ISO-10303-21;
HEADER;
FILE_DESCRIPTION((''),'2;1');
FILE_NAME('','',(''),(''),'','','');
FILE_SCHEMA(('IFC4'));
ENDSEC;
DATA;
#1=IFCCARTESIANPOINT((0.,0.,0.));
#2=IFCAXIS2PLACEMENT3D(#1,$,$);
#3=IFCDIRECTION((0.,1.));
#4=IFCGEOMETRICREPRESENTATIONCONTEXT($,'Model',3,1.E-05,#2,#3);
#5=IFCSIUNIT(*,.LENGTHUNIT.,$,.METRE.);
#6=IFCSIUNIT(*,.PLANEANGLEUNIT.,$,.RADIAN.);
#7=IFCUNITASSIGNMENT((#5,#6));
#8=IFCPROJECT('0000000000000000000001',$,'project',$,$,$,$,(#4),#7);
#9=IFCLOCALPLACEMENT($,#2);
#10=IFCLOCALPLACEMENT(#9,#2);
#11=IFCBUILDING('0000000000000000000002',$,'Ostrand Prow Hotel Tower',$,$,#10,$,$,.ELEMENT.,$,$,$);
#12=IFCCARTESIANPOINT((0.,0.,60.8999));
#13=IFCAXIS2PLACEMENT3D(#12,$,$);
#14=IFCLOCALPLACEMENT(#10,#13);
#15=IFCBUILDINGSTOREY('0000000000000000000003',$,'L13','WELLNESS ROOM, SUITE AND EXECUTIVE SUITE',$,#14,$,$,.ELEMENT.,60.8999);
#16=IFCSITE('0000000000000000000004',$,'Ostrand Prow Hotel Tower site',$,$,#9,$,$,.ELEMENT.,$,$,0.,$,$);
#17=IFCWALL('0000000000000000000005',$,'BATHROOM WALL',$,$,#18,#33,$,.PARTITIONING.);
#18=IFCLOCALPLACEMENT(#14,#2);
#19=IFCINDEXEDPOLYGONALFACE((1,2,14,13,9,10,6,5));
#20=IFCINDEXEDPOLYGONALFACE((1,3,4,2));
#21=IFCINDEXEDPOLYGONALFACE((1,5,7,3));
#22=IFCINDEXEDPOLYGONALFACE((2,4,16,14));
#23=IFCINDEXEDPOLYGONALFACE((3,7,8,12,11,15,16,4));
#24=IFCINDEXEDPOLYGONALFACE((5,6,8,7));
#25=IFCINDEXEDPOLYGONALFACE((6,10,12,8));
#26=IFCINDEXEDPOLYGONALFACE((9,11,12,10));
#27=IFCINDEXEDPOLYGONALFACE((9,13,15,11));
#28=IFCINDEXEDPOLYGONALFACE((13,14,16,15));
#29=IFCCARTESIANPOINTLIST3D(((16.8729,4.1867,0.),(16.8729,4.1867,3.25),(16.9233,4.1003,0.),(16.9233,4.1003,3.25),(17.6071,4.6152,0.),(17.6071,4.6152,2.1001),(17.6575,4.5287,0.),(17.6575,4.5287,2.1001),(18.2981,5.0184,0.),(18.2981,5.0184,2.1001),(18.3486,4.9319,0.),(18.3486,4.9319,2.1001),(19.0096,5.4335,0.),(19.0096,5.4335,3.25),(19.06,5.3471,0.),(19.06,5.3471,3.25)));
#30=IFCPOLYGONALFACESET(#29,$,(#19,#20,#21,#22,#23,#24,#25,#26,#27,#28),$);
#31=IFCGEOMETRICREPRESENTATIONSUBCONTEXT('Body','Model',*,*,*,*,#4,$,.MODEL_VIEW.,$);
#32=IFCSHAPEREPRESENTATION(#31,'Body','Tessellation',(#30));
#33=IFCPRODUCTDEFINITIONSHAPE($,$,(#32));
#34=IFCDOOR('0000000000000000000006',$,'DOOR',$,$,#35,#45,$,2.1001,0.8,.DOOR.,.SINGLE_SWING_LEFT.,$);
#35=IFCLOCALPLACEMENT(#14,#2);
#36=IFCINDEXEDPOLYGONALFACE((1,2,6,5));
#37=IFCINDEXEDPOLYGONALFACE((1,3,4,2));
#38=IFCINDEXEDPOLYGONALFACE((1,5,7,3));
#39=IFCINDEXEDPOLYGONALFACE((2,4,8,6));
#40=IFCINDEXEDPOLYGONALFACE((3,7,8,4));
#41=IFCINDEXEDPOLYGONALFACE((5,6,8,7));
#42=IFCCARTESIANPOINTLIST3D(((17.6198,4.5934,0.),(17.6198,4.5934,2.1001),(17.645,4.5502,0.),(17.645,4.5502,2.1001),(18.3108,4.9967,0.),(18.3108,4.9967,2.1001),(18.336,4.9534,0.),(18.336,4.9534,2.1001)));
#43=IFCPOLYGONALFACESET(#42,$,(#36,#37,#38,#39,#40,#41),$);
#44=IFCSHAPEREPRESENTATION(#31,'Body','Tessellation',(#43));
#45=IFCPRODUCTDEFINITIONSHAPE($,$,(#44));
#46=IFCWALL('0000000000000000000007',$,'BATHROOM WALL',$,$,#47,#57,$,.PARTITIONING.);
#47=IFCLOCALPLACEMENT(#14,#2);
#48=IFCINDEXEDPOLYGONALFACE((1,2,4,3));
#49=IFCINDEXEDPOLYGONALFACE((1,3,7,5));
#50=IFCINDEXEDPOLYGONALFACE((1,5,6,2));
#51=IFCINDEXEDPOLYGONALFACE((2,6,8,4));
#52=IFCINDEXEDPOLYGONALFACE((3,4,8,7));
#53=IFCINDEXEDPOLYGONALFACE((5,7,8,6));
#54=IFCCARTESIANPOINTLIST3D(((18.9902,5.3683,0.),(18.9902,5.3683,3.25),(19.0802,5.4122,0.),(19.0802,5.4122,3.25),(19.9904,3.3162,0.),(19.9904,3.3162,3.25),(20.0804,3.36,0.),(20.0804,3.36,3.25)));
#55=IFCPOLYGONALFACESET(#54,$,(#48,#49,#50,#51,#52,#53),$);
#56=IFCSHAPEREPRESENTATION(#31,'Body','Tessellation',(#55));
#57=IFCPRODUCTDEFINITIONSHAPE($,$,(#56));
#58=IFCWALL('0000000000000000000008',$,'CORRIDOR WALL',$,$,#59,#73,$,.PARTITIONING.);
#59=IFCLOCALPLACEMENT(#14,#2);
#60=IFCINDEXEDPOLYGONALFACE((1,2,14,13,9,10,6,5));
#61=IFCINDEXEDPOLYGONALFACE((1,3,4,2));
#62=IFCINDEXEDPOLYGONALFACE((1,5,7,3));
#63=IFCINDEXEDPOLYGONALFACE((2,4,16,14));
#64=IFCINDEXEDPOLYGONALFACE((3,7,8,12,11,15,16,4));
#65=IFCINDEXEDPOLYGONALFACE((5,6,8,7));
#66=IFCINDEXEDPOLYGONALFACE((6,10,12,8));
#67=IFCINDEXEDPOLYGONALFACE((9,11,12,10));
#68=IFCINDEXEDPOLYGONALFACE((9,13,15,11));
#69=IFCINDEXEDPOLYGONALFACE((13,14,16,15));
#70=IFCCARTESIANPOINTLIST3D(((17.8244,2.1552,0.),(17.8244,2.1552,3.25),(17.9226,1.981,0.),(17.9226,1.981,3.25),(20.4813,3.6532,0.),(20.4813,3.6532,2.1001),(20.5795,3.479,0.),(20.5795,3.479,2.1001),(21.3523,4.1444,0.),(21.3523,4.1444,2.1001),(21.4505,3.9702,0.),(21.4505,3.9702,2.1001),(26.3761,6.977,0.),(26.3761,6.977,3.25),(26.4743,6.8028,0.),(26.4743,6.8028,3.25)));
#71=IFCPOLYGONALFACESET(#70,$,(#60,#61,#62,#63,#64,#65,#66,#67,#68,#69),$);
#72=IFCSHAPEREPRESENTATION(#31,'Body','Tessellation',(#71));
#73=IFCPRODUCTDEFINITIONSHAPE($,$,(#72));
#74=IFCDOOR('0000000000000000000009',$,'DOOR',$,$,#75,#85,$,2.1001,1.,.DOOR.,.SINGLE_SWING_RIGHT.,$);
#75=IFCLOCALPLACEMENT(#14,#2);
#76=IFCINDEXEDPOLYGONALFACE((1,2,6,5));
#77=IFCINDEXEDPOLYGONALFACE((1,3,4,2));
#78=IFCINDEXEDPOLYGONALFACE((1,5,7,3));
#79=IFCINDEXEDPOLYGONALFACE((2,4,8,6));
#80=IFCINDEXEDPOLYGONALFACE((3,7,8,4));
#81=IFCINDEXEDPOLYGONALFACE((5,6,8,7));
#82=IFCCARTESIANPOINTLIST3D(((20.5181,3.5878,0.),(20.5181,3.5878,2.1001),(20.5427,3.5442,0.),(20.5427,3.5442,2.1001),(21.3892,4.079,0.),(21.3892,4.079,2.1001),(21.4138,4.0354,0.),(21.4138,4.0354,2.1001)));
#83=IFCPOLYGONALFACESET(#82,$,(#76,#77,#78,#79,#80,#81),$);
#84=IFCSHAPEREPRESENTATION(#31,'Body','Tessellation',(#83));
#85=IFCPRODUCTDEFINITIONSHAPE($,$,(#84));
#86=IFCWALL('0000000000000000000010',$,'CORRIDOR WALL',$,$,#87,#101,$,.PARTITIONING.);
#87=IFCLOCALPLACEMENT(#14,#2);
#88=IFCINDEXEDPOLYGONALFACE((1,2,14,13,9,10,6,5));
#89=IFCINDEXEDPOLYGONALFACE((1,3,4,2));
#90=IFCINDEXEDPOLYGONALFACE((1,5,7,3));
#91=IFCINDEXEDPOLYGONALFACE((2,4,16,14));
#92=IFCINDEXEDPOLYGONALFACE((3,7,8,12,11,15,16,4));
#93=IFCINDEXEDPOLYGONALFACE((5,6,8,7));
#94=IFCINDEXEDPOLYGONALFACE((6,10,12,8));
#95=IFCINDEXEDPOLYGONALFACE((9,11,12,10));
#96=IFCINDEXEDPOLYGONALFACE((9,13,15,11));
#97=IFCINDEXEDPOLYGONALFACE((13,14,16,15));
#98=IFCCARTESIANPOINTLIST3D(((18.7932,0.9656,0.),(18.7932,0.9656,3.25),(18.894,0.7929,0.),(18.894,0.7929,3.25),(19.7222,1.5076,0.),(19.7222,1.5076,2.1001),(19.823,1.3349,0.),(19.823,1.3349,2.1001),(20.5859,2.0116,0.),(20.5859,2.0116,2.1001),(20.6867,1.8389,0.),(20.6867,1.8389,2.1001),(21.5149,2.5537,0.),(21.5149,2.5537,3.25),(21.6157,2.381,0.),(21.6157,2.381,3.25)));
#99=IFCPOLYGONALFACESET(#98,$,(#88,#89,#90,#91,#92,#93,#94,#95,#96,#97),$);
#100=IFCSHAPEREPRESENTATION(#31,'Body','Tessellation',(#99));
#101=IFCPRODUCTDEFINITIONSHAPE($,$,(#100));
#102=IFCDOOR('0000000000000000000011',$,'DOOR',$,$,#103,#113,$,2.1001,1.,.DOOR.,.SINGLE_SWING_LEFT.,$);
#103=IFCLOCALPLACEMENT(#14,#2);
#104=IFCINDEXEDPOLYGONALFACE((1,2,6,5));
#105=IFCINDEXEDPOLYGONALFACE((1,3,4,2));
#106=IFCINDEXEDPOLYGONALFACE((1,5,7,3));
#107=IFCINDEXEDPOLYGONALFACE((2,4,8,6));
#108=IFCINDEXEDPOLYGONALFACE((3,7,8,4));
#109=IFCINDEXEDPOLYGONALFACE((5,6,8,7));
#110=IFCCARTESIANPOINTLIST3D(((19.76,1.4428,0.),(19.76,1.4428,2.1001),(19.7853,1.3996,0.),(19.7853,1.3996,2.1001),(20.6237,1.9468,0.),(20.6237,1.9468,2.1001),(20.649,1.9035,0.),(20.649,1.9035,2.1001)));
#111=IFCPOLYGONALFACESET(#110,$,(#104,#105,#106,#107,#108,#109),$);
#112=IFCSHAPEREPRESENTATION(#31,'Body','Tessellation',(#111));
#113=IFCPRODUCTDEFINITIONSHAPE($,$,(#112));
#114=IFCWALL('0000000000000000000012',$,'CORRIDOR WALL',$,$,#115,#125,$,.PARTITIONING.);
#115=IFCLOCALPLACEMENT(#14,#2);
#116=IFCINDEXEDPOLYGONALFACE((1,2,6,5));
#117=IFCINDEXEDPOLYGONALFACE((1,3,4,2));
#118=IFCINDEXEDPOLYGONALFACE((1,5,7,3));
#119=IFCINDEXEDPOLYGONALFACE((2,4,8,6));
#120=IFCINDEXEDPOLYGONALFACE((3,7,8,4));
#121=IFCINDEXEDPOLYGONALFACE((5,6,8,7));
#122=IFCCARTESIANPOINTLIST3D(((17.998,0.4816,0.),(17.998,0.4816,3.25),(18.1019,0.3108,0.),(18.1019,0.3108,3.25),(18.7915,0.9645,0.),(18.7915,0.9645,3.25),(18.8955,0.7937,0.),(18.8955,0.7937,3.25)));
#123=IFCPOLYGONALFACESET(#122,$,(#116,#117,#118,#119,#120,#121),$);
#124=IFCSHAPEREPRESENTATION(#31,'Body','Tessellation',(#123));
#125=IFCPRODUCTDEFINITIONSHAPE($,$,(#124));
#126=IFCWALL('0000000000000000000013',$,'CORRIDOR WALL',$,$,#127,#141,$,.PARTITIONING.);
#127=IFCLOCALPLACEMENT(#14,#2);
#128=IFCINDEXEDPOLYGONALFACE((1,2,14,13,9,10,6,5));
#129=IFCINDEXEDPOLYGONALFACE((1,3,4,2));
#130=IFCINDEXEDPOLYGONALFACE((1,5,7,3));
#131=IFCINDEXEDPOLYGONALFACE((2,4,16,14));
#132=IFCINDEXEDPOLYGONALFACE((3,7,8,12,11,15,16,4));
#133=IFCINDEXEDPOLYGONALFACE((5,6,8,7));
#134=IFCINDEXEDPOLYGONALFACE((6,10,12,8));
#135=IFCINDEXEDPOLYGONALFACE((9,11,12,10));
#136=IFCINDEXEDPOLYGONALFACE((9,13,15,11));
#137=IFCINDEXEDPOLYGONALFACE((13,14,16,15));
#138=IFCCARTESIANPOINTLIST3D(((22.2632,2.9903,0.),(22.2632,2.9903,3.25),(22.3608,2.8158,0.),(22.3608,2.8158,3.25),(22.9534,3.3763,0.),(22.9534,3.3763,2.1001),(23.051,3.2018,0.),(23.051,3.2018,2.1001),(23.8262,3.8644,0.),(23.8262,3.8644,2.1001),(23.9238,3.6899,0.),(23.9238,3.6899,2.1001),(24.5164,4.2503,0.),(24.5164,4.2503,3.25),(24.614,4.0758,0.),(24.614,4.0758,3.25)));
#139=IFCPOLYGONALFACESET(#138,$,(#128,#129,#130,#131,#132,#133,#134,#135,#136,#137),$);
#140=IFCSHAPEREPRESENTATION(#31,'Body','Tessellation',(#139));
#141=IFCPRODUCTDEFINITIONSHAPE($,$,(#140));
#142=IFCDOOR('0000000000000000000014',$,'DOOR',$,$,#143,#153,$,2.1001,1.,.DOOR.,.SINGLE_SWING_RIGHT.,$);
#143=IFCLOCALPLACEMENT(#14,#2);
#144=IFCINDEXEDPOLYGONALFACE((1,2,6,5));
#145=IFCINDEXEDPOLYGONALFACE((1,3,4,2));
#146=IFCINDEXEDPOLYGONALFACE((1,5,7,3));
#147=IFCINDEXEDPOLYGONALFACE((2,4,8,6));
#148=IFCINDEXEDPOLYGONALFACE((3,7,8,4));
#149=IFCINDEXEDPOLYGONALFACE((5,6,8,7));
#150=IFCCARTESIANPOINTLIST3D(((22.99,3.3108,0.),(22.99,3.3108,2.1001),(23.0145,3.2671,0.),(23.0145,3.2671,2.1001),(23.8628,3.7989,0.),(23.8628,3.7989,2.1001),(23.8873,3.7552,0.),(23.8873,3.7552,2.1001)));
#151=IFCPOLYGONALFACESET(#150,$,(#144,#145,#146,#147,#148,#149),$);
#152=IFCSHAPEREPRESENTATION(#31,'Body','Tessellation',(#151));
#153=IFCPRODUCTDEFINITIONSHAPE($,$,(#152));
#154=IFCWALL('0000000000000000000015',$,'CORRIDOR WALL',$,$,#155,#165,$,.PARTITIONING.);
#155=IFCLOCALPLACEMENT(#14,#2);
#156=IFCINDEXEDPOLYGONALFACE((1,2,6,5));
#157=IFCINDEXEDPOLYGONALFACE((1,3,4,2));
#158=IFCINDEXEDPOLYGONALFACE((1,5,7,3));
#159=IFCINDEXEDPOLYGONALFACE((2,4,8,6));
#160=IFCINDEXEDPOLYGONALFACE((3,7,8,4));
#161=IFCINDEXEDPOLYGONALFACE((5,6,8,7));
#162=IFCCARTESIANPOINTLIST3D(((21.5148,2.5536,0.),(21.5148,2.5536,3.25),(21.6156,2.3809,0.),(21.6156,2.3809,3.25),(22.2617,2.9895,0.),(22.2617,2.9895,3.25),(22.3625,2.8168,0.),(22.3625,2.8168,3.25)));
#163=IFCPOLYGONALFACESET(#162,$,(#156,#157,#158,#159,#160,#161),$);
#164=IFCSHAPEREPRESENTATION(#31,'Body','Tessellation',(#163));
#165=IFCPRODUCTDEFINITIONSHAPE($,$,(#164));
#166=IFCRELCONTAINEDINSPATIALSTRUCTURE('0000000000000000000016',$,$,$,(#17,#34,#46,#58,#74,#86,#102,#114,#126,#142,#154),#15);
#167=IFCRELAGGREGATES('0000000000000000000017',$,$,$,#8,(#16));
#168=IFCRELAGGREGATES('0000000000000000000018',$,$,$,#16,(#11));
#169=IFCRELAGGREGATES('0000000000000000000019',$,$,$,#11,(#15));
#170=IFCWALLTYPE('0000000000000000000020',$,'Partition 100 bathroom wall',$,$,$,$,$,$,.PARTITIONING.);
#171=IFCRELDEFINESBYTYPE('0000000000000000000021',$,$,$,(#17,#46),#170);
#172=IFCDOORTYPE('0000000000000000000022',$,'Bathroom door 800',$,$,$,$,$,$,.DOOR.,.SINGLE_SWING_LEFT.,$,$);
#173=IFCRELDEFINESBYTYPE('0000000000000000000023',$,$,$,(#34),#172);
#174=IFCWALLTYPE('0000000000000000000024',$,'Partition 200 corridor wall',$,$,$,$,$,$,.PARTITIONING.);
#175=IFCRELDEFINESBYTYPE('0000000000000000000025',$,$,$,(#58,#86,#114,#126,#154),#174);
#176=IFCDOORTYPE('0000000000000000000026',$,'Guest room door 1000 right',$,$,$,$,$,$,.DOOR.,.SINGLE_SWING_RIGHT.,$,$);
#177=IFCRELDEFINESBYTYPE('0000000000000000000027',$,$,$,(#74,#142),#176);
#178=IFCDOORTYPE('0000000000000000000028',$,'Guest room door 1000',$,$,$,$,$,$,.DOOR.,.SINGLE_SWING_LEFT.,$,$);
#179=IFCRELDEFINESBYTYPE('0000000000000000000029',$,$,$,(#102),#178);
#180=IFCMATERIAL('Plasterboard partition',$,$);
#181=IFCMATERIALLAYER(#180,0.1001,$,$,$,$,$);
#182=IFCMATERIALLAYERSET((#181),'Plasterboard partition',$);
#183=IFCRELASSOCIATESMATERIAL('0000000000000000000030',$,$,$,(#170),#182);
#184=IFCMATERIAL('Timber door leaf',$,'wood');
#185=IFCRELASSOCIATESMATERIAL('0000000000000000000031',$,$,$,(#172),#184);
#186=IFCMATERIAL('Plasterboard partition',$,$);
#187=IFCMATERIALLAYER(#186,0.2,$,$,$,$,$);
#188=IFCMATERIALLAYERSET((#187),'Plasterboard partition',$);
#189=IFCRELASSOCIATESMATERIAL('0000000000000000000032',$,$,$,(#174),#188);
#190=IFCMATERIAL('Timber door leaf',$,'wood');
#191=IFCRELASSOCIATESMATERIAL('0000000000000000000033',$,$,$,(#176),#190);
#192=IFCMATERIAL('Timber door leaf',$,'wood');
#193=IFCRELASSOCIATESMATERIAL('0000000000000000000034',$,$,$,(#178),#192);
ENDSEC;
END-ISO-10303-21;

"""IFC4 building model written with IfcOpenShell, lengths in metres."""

from ifc_helpers import new_model, si_unit, direction, frame, frame_2d, origin, place, context, subcontext, project, spatial, rectangle, extrude, material, layer, layer_set, type_object, element, fill, save


model = new_model("IFC4")

# Units and contexts
model_context = context("Model", 3, precision=1e-05, world=origin(), true_north=direction((0.0, 1.0)))
body_context = subcontext(model_context, "Body", "Model", "MODEL_VIEW")
ifc_project = project(units=[si_unit("LENGTHUNIT", "METRE"), si_unit("PLANEANGLEUNIT", "RADIAN")], contexts=[model_context])

# Site, building, storey
site_placement = place(None, origin())
site = spatial("IfcSite", under=ifc_project, at=site_placement, Name="Ostrand Prow Hotel Tower site", CompositionType="ELEMENT", RefElevation=0.0)
building_placement = place(site_placement, origin())
building = spatial("IfcBuilding", under=site, at=building_placement, Name="Ostrand Prow Hotel Tower", CompositionType="ELEMENT")
storey_placement = place(building_placement, frame((0.0, 0.0, 60.8999)))
storey = spatial("IfcBuildingStorey", under=building, at=storey_placement, Name="L13", Description="WELLNESS ROOM, SUITE AND EXECUTIVE SUITE", CompositionType="ELEMENT", Elevation=60.8999)

# Wall, opening, door
ifc_material_1 = material(Name="Plasterboard partition")
ifc_layer_1 = layer(ifc_material_1, 0.1001)
ifc_layer_set_1 = layer_set([ifc_layer_1], Name="Plasterboard partition")
wall_type_1 = type_object("IfcWallType", Name="Partition 100 bathroom wall", PredefinedType="PARTITIONING", material=ifc_layer_set_1)
wall_1_placement = place(storey_placement, frame((16.8982, 4.1436, 0.0), z_axis=(0.0, 0.0, 1.0), x_axis=(0.863707, 0.503994, 0.0)))
wall_1 = element("IfcWall", 1, at=wall_1_placement, inside=storey, type_object=wall_type_1, Name="BATHROOM WALL", PredefinedType="PARTITIONING", context=body_context, shape_type="SweptSolid", body=[
    extrude(rectangle(XDim=2.4739, YDim=0.1001, at=frame_2d((1.2368, 0.0))), origin(), (0.0, 0.0, 1.0), 3.25),
])
opening_1_placement = place(wall_1_placement, frame((0.8501, 0.0, 0.0)))
opening_1 = element("IfcOpeningElement", 2, at=opening_1_placement, cuts=wall_1, PredefinedType="OPENING", context=body_context, shape_type="SweptSolid", body=[
    extrude(rectangle(XDim=0.8, YDim=2.1001, at=frame_2d((0.3999, 1.05))), frame((0.0, 0.0601, 0.0), z_axis=(0.0, -1.0, 0.0), x_axis=(1.0, 0.0, 0.0)), (0.0, 0.0, 1.0), 0.1201),
])
ifc_material_2 = material(Name="Timber door leaf", Category="wood")
door_type_1 = type_object("IfcDoorType", Name="Bathroom door 800", OperationType="SINGLE_SWING_LEFT", PredefinedType="DOOR", material=ifc_material_2)
door_1_placement = place(opening_1_placement, origin())
door_1 = element("IfcDoor", 3, at=door_1_placement, inside=storey, type_object=door_type_1, Name="DOOR", OperationType="SINGLE_SWING_LEFT", OverallHeight=2.1001, OverallWidth=0.8, PredefinedType="DOOR", context=body_context, shape_type="SweptSolid", body=[
    extrude(rectangle(XDim=0.8, YDim=2.1001, at=frame_2d((0.3999, 1.05))), frame((0.0, 0.0249, 0.0), z_axis=(0.0, -1.0, 0.0), x_axis=(1.0, 0.0, 0.0)), (0.0, 0.0, 1.0), 0.05),
])
fill(opening_1, door_1)

# Wall
wall_2_placement = place(storey_placement, frame((19.0352, 5.3904, 0.0), z_axis=(0.0, 0.0, 1.0), x_axis=(0.438122, -0.898915, 0.0)))
element("IfcWall", 4, at=wall_2_placement, inside=storey, type_object=wall_type_1, Name="BATHROOM WALL", PredefinedType="PARTITIONING", context=body_context, shape_type="SweptSolid", body=[
    extrude(rectangle(XDim=2.283, YDim=0.1001, at=frame_2d((1.1416, 0.0))), origin(), (0.0, 0.0, 1.0), 3.25),
])

# Walls, openings, doors
ifc_material_3 = material(Name="Plasterboard partition")
ifc_layer_2 = layer(ifc_material_3, 0.2)
ifc_layer_set_2 = layer_set([ifc_layer_2], Name="Plasterboard partition")
wall_type_2 = type_object("IfcWallType", Name="Partition 200 corridor wall", PredefinedType="PARTITIONING", material=ifc_layer_set_2)
wall_3_placement = place(storey_placement, frame((17.8735, 2.0681, 0.0), z_axis=(0.0, 0.0, 1.0), x_axis=(0.871078, 0.491144, 0.0)))
wall_3 = element("IfcWall", 5, at=wall_3_placement, inside=storey, type_object=wall_type_2, Name="CORRIDOR WALL", PredefinedType="PARTITIONING", context=body_context, shape_type="SweptSolid", body=[
    extrude(rectangle(XDim=9.8174, YDim=0.2, at=frame_2d((4.9087, 0.0))), origin(), (0.0, 0.0, 1.0), 3.25),
])
opening_2_placement = place(wall_3_placement, frame((3.05, 0.0, 0.0)))
opening_2 = element("IfcOpeningElement", 6, at=opening_2_placement, cuts=wall_3, PredefinedType="OPENING", context=body_context, shape_type="SweptSolid", body=[
    extrude(rectangle(XDim=1.0, YDim=2.1001, at=frame_2d((0.5, 1.05))), frame((0.0, 0.1099, 0.0), z_axis=(0.0, -1.0, 0.0), x_axis=(1.0, 0.0, 0.0)), (0.0, 0.0, 1.0), 0.22),
])
ifc_material_4 = material(Name="Timber door leaf", Category="wood")
door_type_2 = type_object("IfcDoorType", Name="Guest room door 1000 right", OperationType="SINGLE_SWING_RIGHT", PredefinedType="DOOR", material=ifc_material_4)
door_2_placement = place(opening_2_placement, origin())
door_2 = element("IfcDoor", 7, at=door_2_placement, inside=storey, type_object=door_type_2, Name="DOOR", OperationType="SINGLE_SWING_RIGHT", OverallHeight=2.1001, OverallWidth=1.0, PredefinedType="DOOR", context=body_context, shape_type="SweptSolid", body=[
    extrude(rectangle(XDim=1.0, YDim=2.1001, at=frame_2d((0.5, 1.05))), frame((0.0, 0.0249, 0.0), z_axis=(0.0, -1.0, 0.0), x_axis=(1.0, 0.0, 0.0)), (0.0, 0.0, 1.0), 0.05),
])
fill(opening_2, door_2)
wall_4_placement = place(storey_placement, frame((18.8435, 0.8792, 0.0), z_axis=(0.0, 0.0, 1.0), x_axis=(0.863711, 0.503987, 0.0)))
wall_4 = element("IfcWall", 8, at=wall_4_placement, inside=storey, type_object=wall_type_2, Name="CORRIDOR WALL", PredefinedType="PARTITIONING", context=body_context, shape_type="SweptSolid", body=[
    extrude(rectangle(XDim=3.1511, YDim=0.2, at=frame_2d((1.5757, 0.0))), origin(), (0.0, 0.0, 1.0), 3.25),
])
opening_3_placement = place(wall_4_placement, frame((1.0757, 0.0, 0.0)))
opening_3 = element("IfcOpeningElement", 9, at=opening_3_placement, cuts=wall_4, PredefinedType="OPENING", context=body_context, shape_type="SweptSolid", body=[
    extrude(rectangle(XDim=1.0, YDim=2.1001, at=frame_2d((0.5, 1.05))), frame((0.0, 0.1099, 0.0), z_axis=(0.0, -1.0, 0.0), x_axis=(1.0, 0.0, 0.0)), (0.0, 0.0, 1.0), 0.22),
])
ifc_material_5 = material(Name="Timber door leaf", Category="wood")
door_type_3 = type_object("IfcDoorType", Name="Guest room door 1000", OperationType="SINGLE_SWING_LEFT", PredefinedType="DOOR", material=ifc_material_5)
door_3_placement = place(opening_3_placement, origin())
door_3 = element("IfcDoor", 10, at=door_3_placement, inside=storey, type_object=door_type_3, Name="DOOR", OperationType="SINGLE_SWING_LEFT", OverallHeight=2.1001, OverallWidth=1.0, PredefinedType="DOOR", context=body_context, shape_type="SweptSolid", body=[
    extrude(rectangle(XDim=1.0, YDim=2.1001, at=frame_2d((0.5, 1.05))), frame((0.0, 0.0249, 0.0), z_axis=(0.0, -1.0, 0.0), x_axis=(1.0, 0.0, 0.0)), (0.0, 0.0, 1.0), 0.05),
])
fill(opening_3, door_3)

# Wall
wall_5_placement = place(storey_placement, frame((18.05, 0.3962, 0.0), z_axis=(0.0, 0.0, 1.0), x_axis=(0.854229, 0.519897, 0.0)))
element("IfcWall", 11, at=wall_5_placement, inside=storey, type_object=wall_type_2, Name="CORRIDOR WALL", PredefinedType="PARTITIONING", context=body_context, shape_type="SweptSolid", body=[
    extrude(rectangle(XDim=0.929, YDim=0.2, at=frame_2d((0.4644, 0.0))), origin(), (0.0, 0.0, 1.0), 3.25),
])

# Wall, opening, door
wall_6_placement = place(storey_placement, frame((22.312, 2.9031, 0.0), z_axis=(0.0, 0.0, 1.0), x_axis=(0.872798, 0.488082, 0.0)))
wall_6 = element("IfcWall", 12, at=wall_6_placement, inside=storey, type_object=wall_type_2, Name="CORRIDOR WALL", PredefinedType="PARTITIONING", context=body_context, shape_type="SweptSolid", body=[
    extrude(rectangle(XDim=2.5815, YDim=0.2, at=frame_2d((1.2908, 0.0))), origin(), (0.0, 0.0, 1.0), 3.25),
])
opening_4_placement = place(wall_6_placement, frame((0.7908, 0.0, 0.0)))
opening_4 = element("IfcOpeningElement", 13, at=opening_4_placement, cuts=wall_6, PredefinedType="OPENING", context=body_context, shape_type="SweptSolid", body=[
    extrude(rectangle(XDim=1.0, YDim=2.1001, at=frame_2d((0.5, 1.05))), frame((0.0, 0.1099, 0.0), z_axis=(0.0, -1.0, 0.0), x_axis=(1.0, 0.0, 0.0)), (0.0, 0.0, 1.0), 0.22),
])
door_4_placement = place(opening_4_placement, origin())
door_4 = element("IfcDoor", 14, at=door_4_placement, inside=storey, type_object=door_type_2, Name="DOOR", OperationType="SINGLE_SWING_RIGHT", OverallHeight=2.1001, OverallWidth=1.0, PredefinedType="DOOR", context=body_context, shape_type="SweptSolid", body=[
    extrude(rectangle(XDim=1.0, YDim=2.1001, at=frame_2d((0.5, 1.05))), frame((0.0, 0.0249, 0.0), z_axis=(0.0, -1.0, 0.0), x_axis=(1.0, 0.0, 0.0)), (0.0, 0.0, 1.0), 0.05),
])
fill(opening_4, door_4)

# Wall
wall_7_placement = place(storey_placement, frame((21.5652, 2.4673, 0.0), z_axis=(0.0, 0.0, 1.0), x_axis=(0.863707, 0.503994, 0.0)))
element("IfcWall", 15, at=wall_7_placement, inside=storey, type_object=wall_type_2, Name="CORRIDOR WALL", PredefinedType="PARTITIONING", context=body_context, shape_type="SweptSolid", body=[
    extrude(rectangle(XDim=0.8647, YDim=0.2, at=frame_2d((0.4324, 0.0))), origin(), (0.0, 0.0, 1.0), 3.25),
])

save(model, "model.ifc")
